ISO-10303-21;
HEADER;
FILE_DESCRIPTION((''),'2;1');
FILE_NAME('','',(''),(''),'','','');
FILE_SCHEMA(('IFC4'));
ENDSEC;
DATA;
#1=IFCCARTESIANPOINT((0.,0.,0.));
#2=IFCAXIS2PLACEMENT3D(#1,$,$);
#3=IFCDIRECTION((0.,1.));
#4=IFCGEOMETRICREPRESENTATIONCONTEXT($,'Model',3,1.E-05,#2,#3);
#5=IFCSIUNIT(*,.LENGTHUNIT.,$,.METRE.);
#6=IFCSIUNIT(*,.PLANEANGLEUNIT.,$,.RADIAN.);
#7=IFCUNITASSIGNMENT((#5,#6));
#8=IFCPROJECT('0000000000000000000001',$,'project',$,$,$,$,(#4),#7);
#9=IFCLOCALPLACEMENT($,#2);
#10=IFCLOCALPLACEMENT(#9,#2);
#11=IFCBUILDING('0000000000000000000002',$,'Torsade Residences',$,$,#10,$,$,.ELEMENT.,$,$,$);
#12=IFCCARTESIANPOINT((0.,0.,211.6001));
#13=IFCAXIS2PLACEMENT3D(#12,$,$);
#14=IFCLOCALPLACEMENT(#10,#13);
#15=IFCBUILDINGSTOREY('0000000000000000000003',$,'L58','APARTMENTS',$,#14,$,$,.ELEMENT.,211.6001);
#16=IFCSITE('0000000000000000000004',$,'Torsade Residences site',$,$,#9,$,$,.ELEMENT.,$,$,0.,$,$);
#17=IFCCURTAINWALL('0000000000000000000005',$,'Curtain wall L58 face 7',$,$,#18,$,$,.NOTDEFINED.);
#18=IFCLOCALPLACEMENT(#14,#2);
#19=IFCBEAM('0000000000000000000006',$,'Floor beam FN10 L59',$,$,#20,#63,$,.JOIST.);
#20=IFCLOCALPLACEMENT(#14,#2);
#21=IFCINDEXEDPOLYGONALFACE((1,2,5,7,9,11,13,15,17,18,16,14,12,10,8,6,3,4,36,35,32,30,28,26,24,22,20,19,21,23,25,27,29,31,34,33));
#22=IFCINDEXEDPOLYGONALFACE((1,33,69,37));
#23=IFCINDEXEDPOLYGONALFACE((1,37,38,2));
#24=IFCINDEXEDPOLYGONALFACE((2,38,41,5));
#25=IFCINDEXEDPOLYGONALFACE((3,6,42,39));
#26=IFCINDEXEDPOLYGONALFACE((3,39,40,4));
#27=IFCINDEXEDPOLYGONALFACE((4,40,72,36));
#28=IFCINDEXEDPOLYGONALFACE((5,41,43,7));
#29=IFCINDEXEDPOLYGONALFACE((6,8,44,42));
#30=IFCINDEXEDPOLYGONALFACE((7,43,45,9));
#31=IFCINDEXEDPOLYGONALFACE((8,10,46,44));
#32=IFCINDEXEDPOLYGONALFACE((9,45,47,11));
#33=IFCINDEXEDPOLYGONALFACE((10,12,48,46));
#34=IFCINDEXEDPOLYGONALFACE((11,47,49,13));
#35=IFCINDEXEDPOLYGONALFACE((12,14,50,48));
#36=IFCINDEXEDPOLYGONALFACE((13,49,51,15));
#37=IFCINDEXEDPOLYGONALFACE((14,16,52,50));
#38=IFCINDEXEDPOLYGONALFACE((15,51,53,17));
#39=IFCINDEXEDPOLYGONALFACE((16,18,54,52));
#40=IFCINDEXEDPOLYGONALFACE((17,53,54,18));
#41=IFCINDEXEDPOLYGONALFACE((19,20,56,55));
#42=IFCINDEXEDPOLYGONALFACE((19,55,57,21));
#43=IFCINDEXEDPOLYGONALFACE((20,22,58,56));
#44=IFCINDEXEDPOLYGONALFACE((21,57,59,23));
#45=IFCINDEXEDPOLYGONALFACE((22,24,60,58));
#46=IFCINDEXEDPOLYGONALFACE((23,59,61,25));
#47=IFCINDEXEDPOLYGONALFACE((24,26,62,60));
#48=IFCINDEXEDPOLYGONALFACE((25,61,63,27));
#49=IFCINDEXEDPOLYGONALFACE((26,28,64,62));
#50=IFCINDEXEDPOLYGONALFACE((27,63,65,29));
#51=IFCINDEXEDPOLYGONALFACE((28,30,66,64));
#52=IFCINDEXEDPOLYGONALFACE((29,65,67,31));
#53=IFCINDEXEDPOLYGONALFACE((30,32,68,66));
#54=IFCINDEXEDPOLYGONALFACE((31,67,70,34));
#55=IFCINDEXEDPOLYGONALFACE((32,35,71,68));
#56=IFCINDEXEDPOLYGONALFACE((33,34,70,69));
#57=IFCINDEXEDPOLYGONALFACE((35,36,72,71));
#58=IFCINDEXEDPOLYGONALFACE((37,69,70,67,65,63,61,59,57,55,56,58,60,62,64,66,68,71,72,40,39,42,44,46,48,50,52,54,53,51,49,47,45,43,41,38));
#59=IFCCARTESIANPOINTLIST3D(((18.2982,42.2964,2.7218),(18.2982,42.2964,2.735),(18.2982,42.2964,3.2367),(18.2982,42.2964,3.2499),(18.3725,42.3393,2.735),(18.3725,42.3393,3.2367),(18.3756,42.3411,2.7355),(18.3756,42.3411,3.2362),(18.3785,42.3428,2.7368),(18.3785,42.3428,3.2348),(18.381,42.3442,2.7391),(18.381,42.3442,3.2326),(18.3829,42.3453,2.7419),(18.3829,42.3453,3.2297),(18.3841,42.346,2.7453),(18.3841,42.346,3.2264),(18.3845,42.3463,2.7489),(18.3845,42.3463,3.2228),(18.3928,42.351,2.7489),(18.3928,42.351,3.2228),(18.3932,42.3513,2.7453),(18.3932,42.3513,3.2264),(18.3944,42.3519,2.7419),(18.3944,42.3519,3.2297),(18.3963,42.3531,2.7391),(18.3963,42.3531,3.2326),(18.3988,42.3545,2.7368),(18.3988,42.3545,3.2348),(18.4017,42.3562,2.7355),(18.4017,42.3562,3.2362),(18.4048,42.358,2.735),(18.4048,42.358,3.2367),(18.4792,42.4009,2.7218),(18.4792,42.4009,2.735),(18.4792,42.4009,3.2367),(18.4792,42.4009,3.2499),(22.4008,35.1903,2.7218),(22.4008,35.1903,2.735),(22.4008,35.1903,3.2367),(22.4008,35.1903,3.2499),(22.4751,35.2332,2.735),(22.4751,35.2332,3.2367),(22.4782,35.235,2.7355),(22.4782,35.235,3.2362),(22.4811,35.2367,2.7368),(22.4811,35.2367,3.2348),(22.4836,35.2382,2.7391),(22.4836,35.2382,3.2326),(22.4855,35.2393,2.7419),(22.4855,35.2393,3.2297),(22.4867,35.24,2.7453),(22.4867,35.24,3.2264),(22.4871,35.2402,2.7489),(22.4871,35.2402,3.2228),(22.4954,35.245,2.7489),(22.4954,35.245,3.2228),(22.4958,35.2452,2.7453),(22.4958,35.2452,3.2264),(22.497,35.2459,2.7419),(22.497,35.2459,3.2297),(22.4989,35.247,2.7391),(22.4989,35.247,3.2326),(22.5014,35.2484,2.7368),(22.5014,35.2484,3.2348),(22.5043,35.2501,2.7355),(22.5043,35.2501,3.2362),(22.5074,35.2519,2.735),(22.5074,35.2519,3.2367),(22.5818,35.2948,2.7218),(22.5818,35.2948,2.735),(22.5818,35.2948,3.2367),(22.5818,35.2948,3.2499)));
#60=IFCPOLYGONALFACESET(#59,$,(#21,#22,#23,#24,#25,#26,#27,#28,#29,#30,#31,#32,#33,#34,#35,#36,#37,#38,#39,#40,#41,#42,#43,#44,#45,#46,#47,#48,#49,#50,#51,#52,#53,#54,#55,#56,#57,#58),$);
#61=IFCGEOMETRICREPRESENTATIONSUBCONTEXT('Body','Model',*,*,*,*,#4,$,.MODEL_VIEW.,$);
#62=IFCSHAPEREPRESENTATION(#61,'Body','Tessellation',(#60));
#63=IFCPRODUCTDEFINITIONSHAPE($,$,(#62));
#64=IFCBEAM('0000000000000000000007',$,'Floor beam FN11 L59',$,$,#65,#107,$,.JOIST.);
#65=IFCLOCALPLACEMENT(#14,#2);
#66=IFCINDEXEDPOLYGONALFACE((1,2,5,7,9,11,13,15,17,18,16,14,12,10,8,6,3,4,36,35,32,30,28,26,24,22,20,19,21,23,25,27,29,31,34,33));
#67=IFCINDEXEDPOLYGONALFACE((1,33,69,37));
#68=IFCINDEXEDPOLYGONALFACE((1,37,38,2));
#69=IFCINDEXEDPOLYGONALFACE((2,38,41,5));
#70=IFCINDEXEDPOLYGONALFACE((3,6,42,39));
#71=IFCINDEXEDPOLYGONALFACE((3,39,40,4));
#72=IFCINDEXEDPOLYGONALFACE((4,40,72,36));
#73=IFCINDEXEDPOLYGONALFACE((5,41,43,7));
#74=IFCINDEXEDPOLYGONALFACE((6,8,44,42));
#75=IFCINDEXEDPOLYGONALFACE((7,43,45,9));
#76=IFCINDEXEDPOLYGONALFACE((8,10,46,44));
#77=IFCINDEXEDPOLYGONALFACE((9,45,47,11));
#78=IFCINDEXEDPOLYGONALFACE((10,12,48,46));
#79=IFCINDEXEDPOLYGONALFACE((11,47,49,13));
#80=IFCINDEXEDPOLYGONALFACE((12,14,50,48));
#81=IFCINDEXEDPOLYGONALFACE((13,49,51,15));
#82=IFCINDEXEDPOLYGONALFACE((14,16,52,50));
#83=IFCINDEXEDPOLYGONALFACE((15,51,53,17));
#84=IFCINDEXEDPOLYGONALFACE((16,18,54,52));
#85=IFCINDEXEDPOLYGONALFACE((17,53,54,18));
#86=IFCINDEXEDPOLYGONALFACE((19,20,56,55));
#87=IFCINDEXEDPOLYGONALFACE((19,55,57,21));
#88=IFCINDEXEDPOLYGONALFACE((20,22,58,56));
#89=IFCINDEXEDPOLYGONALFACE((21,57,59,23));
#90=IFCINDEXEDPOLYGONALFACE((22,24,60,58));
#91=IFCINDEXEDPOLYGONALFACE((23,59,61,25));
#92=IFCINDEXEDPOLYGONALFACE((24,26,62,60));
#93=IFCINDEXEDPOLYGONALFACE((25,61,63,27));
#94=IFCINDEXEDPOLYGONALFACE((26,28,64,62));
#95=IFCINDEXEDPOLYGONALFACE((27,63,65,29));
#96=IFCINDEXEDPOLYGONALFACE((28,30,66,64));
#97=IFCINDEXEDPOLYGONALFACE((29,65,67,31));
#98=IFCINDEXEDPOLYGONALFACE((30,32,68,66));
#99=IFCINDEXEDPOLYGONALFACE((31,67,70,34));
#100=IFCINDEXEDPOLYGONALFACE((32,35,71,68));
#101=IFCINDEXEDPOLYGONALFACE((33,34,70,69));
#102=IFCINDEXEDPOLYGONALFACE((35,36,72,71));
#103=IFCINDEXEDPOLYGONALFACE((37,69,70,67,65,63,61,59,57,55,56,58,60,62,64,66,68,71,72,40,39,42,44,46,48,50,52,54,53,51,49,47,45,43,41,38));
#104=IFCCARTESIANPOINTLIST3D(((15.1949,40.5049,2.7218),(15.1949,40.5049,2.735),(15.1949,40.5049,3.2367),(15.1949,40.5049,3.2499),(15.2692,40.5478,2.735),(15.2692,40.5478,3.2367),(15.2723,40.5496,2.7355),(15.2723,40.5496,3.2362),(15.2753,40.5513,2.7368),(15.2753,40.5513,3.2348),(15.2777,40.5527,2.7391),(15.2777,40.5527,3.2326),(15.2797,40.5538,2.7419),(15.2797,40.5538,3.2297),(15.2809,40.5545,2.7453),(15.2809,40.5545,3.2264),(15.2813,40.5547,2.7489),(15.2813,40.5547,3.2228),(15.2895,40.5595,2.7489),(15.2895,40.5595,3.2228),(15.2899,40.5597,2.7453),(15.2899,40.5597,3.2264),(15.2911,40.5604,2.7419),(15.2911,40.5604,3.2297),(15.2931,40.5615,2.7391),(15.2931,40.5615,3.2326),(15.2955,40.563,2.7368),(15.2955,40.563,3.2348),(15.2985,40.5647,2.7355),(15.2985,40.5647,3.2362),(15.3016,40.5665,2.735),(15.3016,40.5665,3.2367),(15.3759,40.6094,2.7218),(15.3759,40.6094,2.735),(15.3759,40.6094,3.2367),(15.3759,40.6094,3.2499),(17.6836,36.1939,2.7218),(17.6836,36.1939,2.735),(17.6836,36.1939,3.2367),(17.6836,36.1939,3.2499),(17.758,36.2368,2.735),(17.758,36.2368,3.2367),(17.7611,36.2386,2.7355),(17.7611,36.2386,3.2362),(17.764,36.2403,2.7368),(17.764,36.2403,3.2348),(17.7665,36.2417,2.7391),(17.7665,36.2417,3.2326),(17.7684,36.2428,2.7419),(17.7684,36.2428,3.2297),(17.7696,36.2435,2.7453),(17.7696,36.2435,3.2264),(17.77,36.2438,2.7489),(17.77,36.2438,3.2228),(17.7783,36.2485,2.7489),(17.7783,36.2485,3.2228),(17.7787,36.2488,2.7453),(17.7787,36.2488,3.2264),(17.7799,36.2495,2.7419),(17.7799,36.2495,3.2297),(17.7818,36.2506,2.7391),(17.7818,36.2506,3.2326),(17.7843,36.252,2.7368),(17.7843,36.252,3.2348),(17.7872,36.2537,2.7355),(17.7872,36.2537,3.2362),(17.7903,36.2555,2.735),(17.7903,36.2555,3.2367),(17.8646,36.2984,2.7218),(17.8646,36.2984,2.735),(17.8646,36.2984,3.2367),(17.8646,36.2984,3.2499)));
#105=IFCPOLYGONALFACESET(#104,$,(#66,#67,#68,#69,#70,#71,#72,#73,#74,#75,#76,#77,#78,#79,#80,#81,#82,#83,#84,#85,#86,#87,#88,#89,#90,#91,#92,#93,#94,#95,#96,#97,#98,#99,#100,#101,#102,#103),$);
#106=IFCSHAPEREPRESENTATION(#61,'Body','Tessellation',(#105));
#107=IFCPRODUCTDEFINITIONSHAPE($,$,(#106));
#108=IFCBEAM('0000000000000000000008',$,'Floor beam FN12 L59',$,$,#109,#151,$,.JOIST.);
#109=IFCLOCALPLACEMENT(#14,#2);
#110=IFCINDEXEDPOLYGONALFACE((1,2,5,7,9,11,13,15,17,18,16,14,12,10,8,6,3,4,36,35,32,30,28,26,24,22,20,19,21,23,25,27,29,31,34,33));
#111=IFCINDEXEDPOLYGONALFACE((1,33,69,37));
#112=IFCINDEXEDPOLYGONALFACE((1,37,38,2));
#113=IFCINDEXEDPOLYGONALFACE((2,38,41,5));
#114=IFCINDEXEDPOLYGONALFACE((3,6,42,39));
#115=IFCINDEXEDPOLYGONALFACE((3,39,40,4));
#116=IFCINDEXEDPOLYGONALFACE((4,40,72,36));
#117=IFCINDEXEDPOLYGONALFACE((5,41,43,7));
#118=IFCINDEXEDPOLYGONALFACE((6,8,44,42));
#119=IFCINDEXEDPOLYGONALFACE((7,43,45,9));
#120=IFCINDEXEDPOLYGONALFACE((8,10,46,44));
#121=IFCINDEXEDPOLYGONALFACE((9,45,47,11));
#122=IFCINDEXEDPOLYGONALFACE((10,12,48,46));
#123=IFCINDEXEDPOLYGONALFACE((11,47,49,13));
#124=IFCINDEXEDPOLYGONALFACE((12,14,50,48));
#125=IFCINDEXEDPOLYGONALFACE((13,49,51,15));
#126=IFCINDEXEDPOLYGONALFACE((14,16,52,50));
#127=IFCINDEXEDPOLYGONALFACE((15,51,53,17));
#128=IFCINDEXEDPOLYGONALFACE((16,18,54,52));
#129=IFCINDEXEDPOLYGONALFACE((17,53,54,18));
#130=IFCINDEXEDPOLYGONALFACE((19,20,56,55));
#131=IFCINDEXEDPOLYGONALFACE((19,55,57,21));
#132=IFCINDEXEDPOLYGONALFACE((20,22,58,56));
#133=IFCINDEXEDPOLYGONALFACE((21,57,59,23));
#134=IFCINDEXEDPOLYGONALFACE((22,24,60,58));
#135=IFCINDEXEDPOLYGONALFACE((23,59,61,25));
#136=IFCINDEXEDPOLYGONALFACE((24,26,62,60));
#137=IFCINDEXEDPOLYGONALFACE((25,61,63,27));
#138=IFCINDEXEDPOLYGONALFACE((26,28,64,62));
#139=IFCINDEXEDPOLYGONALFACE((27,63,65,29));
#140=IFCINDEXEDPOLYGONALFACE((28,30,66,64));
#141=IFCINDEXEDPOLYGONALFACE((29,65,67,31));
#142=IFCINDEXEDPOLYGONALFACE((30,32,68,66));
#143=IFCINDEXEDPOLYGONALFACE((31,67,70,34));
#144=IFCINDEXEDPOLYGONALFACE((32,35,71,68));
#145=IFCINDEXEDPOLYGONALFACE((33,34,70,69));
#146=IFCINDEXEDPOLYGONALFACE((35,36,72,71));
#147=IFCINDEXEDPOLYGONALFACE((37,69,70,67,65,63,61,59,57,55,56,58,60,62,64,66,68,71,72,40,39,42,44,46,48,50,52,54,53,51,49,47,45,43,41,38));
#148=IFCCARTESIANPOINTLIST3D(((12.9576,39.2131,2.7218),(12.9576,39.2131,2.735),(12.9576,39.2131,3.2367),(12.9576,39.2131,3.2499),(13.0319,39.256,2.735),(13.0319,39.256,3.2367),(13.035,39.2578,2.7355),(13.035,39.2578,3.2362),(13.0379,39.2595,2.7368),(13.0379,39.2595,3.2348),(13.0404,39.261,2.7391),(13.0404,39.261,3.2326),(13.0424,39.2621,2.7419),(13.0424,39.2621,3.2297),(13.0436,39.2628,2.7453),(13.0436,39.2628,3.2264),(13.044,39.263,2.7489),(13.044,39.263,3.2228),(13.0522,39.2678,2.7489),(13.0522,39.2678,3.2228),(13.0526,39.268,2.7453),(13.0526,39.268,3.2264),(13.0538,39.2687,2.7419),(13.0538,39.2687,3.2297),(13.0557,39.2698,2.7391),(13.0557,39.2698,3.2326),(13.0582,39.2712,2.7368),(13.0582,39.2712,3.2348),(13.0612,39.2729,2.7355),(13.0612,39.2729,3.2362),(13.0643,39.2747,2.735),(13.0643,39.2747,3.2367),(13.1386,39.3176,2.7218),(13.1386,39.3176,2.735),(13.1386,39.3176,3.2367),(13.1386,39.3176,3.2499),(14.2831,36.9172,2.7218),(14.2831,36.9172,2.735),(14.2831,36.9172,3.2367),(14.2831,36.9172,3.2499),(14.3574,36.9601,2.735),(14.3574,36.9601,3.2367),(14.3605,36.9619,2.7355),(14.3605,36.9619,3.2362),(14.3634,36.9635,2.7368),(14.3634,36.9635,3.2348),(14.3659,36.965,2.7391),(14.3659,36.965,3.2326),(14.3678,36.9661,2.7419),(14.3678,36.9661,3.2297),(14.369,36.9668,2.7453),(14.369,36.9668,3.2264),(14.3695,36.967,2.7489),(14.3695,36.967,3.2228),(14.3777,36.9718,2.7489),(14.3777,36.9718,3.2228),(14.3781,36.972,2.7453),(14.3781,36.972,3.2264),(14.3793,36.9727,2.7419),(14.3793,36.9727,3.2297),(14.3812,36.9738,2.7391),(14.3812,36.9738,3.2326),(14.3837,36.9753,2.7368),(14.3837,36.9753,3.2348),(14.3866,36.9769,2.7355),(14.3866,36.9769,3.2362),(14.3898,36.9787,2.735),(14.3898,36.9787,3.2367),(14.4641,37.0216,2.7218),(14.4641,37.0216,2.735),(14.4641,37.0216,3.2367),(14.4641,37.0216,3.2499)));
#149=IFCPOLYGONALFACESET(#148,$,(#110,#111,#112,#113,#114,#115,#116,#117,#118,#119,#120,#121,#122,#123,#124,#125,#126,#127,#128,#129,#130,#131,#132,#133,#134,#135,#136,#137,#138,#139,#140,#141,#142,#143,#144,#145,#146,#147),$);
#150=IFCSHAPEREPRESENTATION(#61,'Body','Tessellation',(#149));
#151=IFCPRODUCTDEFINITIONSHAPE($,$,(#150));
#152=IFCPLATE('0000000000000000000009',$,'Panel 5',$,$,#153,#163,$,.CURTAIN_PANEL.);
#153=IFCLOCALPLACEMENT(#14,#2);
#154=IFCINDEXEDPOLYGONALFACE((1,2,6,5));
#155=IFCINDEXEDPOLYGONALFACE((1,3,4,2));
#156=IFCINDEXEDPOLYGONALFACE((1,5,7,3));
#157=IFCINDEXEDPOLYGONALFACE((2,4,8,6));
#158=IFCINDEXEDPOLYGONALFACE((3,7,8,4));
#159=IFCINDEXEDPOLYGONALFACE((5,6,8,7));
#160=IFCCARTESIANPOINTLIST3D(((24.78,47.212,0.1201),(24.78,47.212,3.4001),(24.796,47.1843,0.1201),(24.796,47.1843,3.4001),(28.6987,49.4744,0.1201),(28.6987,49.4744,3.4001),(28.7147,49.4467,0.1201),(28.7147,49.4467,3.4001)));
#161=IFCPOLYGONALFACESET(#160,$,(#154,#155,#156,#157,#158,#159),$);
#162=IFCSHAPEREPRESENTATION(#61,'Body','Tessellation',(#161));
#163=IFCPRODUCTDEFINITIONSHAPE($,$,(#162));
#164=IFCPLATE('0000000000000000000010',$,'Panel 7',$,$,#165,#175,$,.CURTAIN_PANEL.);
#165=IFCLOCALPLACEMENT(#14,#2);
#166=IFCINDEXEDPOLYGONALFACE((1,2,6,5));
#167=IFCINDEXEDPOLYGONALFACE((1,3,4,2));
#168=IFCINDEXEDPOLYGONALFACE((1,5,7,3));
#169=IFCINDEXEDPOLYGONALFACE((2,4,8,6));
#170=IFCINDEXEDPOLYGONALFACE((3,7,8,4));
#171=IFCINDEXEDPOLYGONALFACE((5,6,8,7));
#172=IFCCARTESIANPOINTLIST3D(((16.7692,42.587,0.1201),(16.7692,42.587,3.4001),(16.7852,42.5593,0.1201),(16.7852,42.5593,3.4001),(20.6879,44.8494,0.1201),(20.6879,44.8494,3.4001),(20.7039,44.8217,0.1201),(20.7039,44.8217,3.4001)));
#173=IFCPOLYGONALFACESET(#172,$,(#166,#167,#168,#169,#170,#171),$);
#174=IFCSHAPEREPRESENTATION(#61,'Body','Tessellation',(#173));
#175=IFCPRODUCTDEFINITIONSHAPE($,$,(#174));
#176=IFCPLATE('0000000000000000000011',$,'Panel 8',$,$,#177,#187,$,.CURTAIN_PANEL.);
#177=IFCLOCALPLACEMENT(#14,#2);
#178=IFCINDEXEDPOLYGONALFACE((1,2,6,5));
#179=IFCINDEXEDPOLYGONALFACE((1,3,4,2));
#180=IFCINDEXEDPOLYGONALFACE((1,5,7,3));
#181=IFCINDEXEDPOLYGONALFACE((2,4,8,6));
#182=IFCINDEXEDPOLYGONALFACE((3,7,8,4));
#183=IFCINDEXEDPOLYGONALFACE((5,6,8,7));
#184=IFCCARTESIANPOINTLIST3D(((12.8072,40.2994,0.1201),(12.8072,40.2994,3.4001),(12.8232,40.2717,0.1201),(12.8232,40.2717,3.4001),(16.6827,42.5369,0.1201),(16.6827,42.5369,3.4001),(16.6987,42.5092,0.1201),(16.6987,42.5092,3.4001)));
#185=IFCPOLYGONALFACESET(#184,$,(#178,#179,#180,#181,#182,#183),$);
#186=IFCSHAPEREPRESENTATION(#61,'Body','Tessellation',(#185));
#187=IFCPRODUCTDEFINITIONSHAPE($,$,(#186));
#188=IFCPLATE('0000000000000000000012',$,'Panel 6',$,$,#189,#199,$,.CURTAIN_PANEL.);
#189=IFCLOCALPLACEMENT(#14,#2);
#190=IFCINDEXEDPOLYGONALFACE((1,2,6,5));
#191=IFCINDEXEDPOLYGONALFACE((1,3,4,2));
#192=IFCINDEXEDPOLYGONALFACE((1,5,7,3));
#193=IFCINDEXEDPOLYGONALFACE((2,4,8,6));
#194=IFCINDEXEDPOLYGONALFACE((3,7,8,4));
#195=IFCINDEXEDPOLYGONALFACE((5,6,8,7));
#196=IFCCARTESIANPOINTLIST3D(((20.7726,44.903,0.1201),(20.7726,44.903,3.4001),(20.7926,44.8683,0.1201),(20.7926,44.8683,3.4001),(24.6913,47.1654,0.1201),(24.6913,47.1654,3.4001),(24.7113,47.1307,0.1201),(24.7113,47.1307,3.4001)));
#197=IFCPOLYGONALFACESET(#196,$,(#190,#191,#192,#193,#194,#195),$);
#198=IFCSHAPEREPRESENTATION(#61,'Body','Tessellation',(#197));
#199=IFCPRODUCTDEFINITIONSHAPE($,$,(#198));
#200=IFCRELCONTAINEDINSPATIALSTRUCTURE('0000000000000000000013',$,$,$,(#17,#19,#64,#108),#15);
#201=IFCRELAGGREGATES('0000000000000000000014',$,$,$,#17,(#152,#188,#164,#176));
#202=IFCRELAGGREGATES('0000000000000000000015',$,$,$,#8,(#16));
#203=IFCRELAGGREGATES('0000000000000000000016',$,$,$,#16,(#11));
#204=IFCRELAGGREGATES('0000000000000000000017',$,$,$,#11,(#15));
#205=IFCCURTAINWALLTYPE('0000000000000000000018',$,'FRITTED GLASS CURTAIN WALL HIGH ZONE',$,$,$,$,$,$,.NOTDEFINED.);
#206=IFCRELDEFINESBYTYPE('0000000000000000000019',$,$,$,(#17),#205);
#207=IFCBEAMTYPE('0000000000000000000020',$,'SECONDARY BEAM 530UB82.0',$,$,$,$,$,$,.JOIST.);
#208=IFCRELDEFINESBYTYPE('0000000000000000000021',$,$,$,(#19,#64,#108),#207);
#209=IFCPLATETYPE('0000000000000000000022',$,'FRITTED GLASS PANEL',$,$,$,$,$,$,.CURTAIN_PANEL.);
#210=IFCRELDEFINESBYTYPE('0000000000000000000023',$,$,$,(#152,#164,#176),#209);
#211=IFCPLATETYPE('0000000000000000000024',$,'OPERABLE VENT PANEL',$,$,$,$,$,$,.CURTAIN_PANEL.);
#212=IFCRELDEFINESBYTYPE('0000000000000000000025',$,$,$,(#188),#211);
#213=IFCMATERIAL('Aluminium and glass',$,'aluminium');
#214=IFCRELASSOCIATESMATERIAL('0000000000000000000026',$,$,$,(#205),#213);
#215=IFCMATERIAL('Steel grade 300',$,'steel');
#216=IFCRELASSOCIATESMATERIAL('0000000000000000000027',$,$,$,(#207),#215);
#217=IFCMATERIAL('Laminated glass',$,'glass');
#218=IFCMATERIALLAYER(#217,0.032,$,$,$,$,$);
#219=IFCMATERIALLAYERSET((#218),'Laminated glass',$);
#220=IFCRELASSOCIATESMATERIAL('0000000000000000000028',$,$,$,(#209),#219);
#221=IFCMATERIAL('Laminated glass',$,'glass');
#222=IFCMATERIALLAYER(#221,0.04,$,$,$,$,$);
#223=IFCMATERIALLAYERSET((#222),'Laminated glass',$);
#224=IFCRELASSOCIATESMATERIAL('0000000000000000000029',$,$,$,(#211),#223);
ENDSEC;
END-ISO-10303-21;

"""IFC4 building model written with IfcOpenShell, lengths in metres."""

from ifc_helpers import new_model, si_unit, direction, frame, origin, origin_2d, place, context, subcontext, project, spatial, rectangle, i_section, extrude, material, layer, layer_set, material_profile, profile_set, type_object, element, aggregate, save


model = new_model("IFC4")

# Units and contexts
model_context = context("Model", 3, precision=1e-05, world=origin(), true_north=direction((0.0, 1.0)))
body_context = subcontext(model_context, "Body", "Model", "MODEL_VIEW")
ifc_project = project(units=[si_unit("LENGTHUNIT", "METRE"), si_unit("PLANEANGLEUNIT", "RADIAN")], contexts=[model_context])

# Site, building, storey
site_placement = place(None, origin())
site = spatial("IfcSite", under=ifc_project, at=site_placement, Name="Torsade Residences site", CompositionType="ELEMENT", RefElevation=0.0)
building_placement = place(site_placement, origin())
building = spatial("IfcBuilding", under=site, at=building_placement, Name="Torsade Residences", CompositionType="ELEMENT")
storey_placement = place(building_placement, frame((0.0, 0.0, 211.6001)))
storey = spatial("IfcBuildingStorey", under=building, at=storey_placement, Name="L58", Description="APARTMENTS", CompositionType="ELEMENT", Elevation=211.6001)

# Curtain wall
ifc_material_1 = material(Name="Aluminium and glass", Category="aluminium")
curtain_wall_type = type_object("IfcCurtainWallType", Name="FRITTED GLASS CURTAIN WALL HIGH ZONE", PredefinedType="NOTDEFINED", material=ifc_material_1)
curtain_wall_placement = place(storey_placement, origin())
curtain_wall = element("IfcCurtainWall", 1, at=curtain_wall_placement, inside=storey, type_object=curtain_wall_type, Name="Curtain wall L58 face 7", PredefinedType="NOTDEFINED")

# Beams
ifc_material_2 = material(Name="Steel grade 300", Category="steel")
ifc_material_profile_1 = material_profile(ifc_material_2, i_section(OverallWidth=0.209, OverallDepth=0.5281, WebThickness=0.0095, FlangeThickness=0.0132, FilletRadius=0.0139, at=origin_2d()), Name="530UB82.0")
ifc_profile_set_1 = profile_set([ifc_material_profile_1], Name="Steel grade 300")
beam_type_1 = type_object("IfcBeamType", Name="SECONDARY BEAM 530UB82.0", PredefinedType="JOIST", material=ifc_profile_set_1)
beam_1_placement = place(storey_placement, frame((18.3887, 42.3486, 2.9858), z_axis=(0.499992, -0.86603, 0.0), x_axis=(0.86603, 0.499992, 0.0)))
element("IfcBeam", 2, at=beam_1_placement, inside=storey, type_object=beam_type_1, Name="Floor beam FN10 L59", PredefinedType="JOIST", context=body_context, shape_type="SweptSolid", body=[
    extrude(i_section(OverallWidth=0.209, OverallDepth=0.5281, WebThickness=0.0095, FlangeThickness=0.0132, FilletRadius=0.0139, at=origin_2d()), origin(), (0.0, 0.0, 1.0), 8.2053),
])
beam_2_placement = place(storey_placement, frame((15.2854, 40.5571, 2.9858), z_axis=(0.499969, -0.866043, 0.0), x_axis=(0.866043, 0.499969, 0.0)))
element("IfcBeam", 3, at=beam_2_placement, inside=storey, type_object=beam_type_1, Name="Floor beam FN11 L59", PredefinedType="JOIST", context=body_context, shape_type="SweptSolid", body=[
    extrude(i_section(OverallWidth=0.209, OverallDepth=0.5281, WebThickness=0.0095, FlangeThickness=0.0132, FilletRadius=0.0139, at=origin_2d()), origin(), (0.0, 0.0, 1.0), 4.9778),
])
beam_3_placement = place(storey_placement, frame((13.0481, 39.2654, 2.9858), z_axis=(0.499972, -0.866041, 0.0), x_axis=(0.866041, 0.499972, 0.0)))
element("IfcBeam", 4, at=beam_3_placement, inside=storey, type_object=beam_type_1, Name="Floor beam FN12 L59", PredefinedType="JOIST", context=body_context, shape_type="SweptSolid", body=[
    extrude(i_section(OverallWidth=0.209, OverallDepth=0.5281, WebThickness=0.0095, FlangeThickness=0.0132, FilletRadius=0.0139, at=origin_2d()), origin(), (0.0, 0.0, 1.0), 2.6511),
])

# Plates
ifc_material_3 = material(Name="Laminated glass", Category="glass")
ifc_layer_1 = layer(ifc_material_3, 0.032)
ifc_layer_set_1 = layer_set([ifc_layer_1], Name="Laminated glass")
plate_type_1 = type_object("IfcPlateType", Name="FRITTED GLASS PANEL", PredefinedType="CURTAIN_PANEL", material=ifc_layer_set_1)
plate_1_placement = place(storey_placement, frame((26.7473, 48.3293, 0.1201), z_axis=(0.0, 0.0, 1.0), x_axis=(-0.866025, -0.5, 0.0)))
plate_1 = element("IfcPlate", 5, at=plate_1_placement, type_object=plate_type_1, Name="Panel 5", PredefinedType="CURTAIN_PANEL", context=body_context, shape_type="SweptSolid", body=[
    extrude(rectangle(XDim=4.5249, YDim=0.032, at=origin_2d()), origin(), (0.0, 0.0, 1.0), 3.28),
])
plate_2_placement = place(storey_placement, frame((18.7366, 43.7043, 0.1201), z_axis=(0.0, 0.0, 1.0), x_axis=(-0.866025, -0.5, 0.0)))
plate_2 = element("IfcPlate", 6, at=plate_2_placement, type_object=plate_type_1, Name="Panel 7", PredefinedType="CURTAIN_PANEL", context=body_context, shape_type="SweptSolid", body=[
    extrude(rectangle(XDim=4.5249, YDim=0.032, at=origin_2d()), origin(), (0.0, 0.0, 1.0), 3.28),
])
plate_3_placement = place(storey_placement, frame((14.7529, 41.4043, 0.1201), z_axis=(0.0, 0.0, 1.0), x_axis=(-0.866025, -0.5, 0.0)))
plate_3 = element("IfcPlate", 7, at=plate_3_placement, type_object=plate_type_1, Name="Panel 8", PredefinedType="CURTAIN_PANEL", context=body_context, shape_type="SweptSolid", body=[
    extrude(rectangle(XDim=4.4751, YDim=0.032, at=origin_2d()), origin(), (0.0, 0.0, 1.0), 3.28),
])
ifc_material_4 = material(Name="Laminated glass", Category="glass")
ifc_layer_2 = layer(ifc_material_4, 0.04)
ifc_layer_set_2 = layer_set([ifc_layer_2], Name="Laminated glass")
plate_type_2 = type_object("IfcPlateType", Name="OPERABLE VENT PANEL", PredefinedType="CURTAIN_PANEL", material=ifc_layer_set_2)
plate_4_placement = place(storey_placement, frame((22.7419, 46.0168, 0.1201), z_axis=(0.0, 0.0, 1.0), x_axis=(-0.866025, -0.5, 0.0)))
plate_4 = element("IfcPlate", 8, at=plate_4_placement, type_object=plate_type_2, Name="Panel 6", PredefinedType="CURTAIN_PANEL", context=body_context, shape_type="SweptSolid", body=[
    extrude(rectangle(XDim=4.5249, YDim=0.04, at=origin_2d()), origin(), (0.0, 0.0, 1.0), 3.28),
])
aggregate(curtain_wall, [plate_1, plate_4, plate_2, plate_3])

save(model, "model.ifc")
